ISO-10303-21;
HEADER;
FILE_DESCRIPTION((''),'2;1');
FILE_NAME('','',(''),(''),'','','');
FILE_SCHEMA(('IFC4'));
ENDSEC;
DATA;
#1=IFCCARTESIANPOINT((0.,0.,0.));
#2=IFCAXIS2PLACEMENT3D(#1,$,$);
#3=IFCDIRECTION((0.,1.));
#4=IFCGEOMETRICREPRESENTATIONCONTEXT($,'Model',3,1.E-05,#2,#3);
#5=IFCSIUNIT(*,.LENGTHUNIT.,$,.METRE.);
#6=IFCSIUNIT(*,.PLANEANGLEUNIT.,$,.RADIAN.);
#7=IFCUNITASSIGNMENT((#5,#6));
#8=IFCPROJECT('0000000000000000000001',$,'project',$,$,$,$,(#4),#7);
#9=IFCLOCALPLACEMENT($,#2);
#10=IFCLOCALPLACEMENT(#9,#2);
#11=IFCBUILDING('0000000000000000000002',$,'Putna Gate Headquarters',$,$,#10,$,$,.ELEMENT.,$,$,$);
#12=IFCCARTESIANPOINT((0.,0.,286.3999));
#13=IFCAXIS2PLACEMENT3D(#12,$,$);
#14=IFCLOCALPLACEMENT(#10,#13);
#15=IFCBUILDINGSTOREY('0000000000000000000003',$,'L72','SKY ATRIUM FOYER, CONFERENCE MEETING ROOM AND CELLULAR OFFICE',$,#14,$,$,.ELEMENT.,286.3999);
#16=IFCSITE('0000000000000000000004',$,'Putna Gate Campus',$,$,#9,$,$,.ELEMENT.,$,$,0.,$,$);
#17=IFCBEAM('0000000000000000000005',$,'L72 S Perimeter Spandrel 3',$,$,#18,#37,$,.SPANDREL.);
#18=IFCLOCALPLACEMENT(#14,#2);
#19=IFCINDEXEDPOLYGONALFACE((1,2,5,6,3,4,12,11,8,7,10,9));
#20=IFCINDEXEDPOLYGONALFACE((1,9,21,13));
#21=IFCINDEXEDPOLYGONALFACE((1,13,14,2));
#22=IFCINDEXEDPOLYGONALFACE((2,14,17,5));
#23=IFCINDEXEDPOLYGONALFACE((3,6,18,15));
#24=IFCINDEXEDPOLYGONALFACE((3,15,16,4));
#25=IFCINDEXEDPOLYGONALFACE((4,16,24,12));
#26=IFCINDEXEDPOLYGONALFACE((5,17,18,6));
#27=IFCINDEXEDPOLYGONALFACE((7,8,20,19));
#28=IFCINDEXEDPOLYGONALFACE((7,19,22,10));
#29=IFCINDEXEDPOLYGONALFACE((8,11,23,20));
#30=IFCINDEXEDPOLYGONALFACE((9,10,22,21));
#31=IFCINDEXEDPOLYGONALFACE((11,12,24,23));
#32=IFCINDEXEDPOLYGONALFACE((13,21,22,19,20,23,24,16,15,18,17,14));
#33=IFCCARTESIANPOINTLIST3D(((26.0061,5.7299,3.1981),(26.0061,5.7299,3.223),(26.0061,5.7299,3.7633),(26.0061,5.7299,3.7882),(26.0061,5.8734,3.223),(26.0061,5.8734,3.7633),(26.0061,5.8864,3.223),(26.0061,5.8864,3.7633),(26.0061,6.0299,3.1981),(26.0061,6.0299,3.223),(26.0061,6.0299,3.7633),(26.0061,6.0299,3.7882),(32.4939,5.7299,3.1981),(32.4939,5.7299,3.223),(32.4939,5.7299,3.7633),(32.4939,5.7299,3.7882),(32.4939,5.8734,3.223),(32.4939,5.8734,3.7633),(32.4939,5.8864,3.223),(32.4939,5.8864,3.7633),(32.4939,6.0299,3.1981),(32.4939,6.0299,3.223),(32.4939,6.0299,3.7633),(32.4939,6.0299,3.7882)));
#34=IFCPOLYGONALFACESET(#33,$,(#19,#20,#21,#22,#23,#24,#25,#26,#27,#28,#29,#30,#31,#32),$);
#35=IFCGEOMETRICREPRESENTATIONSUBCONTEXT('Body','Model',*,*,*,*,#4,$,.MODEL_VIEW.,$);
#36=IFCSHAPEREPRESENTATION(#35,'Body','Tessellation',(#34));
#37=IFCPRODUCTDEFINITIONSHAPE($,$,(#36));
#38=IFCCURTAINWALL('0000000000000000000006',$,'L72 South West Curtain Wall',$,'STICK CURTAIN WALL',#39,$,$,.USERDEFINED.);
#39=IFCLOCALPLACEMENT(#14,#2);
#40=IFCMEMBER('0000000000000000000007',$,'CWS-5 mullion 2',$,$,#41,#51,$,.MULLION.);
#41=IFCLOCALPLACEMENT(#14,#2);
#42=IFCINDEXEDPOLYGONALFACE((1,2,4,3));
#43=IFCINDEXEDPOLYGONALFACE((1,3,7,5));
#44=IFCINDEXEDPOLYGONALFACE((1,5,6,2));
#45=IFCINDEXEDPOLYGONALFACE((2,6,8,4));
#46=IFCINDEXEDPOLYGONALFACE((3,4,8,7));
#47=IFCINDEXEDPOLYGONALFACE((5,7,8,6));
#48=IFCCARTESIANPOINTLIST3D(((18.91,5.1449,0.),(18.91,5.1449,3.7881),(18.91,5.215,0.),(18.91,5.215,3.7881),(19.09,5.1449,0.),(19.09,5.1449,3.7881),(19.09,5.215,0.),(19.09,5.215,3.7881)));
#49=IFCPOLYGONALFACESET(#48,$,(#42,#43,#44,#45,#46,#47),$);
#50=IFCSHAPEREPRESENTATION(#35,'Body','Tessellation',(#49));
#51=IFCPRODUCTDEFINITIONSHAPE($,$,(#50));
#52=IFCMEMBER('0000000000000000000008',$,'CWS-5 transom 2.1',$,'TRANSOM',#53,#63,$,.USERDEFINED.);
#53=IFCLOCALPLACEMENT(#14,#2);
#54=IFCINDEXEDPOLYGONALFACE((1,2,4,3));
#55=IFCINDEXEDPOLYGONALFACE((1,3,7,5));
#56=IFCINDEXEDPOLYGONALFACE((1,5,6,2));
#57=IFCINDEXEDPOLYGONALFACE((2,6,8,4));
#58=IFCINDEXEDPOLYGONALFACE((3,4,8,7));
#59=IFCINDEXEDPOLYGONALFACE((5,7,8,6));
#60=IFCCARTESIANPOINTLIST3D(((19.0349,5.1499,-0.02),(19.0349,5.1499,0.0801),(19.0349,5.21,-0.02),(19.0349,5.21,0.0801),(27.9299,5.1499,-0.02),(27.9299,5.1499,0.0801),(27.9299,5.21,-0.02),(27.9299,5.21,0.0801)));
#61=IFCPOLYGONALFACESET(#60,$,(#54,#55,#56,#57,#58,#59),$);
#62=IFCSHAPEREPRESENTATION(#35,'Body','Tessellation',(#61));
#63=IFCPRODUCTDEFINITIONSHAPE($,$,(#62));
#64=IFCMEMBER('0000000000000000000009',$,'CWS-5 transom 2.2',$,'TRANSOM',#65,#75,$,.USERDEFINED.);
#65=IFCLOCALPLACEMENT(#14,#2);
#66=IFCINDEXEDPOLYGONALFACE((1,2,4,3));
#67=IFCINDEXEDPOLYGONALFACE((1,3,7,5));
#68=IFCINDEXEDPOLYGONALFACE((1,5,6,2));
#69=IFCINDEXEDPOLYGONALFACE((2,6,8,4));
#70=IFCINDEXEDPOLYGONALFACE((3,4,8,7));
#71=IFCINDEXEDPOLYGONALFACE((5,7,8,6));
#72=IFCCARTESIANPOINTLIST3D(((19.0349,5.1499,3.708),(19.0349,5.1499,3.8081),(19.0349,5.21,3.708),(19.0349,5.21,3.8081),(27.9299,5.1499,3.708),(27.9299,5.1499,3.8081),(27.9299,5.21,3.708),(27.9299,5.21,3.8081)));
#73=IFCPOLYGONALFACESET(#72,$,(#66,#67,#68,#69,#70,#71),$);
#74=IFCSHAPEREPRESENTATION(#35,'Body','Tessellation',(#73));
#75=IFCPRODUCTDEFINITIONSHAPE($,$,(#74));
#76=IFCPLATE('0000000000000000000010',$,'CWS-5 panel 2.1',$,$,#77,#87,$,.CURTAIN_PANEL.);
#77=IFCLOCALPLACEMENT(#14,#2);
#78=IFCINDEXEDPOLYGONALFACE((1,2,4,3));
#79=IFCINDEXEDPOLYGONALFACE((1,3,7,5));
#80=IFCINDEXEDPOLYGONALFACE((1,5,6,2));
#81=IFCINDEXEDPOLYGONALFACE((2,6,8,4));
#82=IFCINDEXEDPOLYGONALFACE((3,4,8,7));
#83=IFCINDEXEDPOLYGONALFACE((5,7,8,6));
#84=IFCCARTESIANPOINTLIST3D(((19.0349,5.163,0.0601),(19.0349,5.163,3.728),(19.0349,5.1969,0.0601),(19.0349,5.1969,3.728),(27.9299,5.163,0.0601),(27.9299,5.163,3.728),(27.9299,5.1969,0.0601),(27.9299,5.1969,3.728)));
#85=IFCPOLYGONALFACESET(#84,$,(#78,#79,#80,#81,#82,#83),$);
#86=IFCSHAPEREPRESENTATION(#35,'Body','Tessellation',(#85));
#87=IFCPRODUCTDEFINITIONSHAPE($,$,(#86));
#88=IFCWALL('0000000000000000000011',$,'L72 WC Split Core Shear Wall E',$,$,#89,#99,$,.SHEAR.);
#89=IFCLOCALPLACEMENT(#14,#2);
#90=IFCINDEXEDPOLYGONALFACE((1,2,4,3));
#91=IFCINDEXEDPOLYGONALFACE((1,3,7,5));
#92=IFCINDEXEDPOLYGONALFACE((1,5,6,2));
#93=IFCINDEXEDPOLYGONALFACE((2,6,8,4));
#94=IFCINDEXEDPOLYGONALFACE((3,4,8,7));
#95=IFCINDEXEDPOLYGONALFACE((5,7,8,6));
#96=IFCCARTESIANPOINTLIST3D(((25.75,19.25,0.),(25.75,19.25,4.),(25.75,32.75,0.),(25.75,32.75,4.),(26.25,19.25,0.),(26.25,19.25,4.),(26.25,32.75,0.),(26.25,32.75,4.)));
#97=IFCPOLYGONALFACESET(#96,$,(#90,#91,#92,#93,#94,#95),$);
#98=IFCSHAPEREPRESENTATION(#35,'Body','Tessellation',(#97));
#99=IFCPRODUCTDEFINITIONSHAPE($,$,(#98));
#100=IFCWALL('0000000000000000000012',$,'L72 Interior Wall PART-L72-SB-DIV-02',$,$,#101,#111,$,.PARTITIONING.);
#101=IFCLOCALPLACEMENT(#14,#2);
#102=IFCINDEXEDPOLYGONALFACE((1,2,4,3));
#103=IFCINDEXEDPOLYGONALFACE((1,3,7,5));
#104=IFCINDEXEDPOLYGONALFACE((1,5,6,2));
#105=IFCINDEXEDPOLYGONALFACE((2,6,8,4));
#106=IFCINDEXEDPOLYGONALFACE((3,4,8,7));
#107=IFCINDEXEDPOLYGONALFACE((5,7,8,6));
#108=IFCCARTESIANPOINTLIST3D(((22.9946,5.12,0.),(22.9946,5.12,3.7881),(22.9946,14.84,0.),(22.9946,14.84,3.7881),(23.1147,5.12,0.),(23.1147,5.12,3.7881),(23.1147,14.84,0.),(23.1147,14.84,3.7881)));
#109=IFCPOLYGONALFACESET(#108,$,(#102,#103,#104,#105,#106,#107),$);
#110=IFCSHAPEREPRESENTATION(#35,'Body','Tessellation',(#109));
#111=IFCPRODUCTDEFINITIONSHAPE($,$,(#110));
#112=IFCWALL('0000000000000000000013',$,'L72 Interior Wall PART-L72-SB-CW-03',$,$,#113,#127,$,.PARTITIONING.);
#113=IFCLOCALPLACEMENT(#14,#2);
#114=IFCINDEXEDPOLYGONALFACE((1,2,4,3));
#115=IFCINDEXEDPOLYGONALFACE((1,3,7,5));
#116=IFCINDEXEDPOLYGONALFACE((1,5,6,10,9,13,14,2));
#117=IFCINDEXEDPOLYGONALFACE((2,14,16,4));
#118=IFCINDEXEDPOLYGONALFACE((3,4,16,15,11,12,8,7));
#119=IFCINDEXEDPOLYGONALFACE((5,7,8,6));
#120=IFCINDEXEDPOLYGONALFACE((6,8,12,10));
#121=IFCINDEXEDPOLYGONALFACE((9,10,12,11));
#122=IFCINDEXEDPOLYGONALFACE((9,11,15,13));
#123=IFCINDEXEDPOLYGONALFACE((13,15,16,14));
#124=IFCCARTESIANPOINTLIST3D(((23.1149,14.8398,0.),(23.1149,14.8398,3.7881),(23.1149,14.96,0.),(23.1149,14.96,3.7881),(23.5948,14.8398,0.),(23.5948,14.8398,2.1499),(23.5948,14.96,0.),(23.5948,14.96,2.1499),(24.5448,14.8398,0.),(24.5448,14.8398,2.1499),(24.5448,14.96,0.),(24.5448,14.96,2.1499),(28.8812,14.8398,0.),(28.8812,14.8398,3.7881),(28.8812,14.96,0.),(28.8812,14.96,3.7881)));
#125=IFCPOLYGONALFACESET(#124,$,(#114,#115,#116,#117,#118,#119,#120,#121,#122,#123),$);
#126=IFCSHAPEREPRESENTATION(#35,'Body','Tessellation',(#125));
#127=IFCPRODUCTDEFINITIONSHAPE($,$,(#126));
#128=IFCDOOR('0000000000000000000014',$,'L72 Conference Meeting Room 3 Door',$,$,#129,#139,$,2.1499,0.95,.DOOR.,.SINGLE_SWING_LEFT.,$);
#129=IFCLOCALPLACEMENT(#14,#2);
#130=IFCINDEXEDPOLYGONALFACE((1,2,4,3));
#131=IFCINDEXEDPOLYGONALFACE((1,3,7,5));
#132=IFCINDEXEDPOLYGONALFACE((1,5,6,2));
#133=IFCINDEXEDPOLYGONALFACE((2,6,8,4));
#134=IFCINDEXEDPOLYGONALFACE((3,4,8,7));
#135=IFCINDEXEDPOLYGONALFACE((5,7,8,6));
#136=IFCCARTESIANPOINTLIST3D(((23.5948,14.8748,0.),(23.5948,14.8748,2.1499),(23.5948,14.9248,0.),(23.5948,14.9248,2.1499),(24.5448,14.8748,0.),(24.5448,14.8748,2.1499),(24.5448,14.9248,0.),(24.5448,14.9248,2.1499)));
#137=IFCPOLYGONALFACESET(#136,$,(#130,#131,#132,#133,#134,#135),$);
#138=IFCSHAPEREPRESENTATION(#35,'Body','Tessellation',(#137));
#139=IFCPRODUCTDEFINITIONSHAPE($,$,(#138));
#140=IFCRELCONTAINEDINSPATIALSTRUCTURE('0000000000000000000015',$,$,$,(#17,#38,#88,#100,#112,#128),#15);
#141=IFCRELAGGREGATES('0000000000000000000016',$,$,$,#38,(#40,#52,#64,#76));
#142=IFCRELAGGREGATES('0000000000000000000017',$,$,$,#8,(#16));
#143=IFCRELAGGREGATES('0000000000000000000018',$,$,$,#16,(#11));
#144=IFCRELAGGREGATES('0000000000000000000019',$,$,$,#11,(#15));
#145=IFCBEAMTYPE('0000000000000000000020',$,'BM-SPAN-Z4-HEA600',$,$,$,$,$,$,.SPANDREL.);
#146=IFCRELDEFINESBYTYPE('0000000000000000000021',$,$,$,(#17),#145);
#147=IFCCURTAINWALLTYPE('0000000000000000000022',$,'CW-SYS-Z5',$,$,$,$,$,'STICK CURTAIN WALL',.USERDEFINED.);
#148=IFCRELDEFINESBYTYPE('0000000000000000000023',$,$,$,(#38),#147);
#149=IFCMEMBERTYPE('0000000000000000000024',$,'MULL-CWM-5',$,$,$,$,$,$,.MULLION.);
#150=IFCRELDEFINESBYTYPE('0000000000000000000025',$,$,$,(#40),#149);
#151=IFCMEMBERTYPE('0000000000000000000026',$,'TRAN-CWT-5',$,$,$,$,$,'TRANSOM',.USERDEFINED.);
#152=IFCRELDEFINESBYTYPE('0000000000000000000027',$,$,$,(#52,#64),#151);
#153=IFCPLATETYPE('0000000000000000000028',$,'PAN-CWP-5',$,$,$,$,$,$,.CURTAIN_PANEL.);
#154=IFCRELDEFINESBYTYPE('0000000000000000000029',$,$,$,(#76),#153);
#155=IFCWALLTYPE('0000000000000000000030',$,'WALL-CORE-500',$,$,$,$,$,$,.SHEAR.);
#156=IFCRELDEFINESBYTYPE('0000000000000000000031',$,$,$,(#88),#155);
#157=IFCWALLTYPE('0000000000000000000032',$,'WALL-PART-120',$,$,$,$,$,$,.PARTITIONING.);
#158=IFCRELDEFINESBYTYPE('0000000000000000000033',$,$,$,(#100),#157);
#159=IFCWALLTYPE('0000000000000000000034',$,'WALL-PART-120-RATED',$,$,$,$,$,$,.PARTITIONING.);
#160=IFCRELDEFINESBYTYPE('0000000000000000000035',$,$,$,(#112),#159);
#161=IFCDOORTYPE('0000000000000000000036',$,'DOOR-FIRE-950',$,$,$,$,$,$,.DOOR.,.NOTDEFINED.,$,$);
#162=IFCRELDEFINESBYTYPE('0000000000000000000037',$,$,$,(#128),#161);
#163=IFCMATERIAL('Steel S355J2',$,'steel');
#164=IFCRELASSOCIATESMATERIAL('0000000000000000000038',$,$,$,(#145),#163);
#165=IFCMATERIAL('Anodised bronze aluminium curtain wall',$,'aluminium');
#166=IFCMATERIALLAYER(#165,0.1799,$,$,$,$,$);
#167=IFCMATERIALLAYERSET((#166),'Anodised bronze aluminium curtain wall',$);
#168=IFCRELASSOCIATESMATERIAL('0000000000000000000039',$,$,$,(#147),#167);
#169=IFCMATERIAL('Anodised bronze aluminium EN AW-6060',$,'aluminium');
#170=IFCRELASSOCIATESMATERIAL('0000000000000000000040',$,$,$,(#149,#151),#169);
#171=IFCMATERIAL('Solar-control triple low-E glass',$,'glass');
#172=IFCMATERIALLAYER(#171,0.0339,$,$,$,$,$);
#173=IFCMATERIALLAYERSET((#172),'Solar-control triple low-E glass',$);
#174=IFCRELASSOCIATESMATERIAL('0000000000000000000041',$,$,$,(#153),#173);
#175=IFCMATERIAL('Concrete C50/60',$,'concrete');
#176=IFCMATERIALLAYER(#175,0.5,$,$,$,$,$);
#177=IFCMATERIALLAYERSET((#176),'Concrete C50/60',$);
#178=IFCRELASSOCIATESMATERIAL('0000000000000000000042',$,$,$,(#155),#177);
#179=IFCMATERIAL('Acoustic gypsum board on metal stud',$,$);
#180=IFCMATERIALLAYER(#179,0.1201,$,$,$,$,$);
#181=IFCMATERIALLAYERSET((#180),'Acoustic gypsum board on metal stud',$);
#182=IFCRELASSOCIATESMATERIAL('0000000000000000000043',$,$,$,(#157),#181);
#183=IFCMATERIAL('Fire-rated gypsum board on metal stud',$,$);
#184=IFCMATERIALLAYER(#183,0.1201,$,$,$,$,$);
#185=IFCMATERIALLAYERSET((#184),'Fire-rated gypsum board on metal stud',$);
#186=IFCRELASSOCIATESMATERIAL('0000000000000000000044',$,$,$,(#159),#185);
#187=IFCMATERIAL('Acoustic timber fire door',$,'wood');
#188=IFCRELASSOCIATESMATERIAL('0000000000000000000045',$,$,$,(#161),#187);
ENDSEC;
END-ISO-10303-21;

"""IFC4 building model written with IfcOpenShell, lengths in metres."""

from ifc_helpers import new_model, si_unit, direction, frame, frame_2d, origin, origin_2d, place, context, subcontext, project, spatial, rectangle, i_section, extrude, material, layer, layer_set, material_profile, profile_set, type_object, element, fill, aggregate, save


model = new_model("IFC4")

# Units and contexts
model_context = context("Model", 3, precision=1e-05, world=origin(), true_north=direction((0.0, 1.0)))
body_context = subcontext(model_context, "Body", "Model", "MODEL_VIEW")
ifc_project = project(units=[si_unit("LENGTHUNIT", "METRE"), si_unit("PLANEANGLEUNIT", "RADIAN")], contexts=[model_context])

# Site, building, storey
site_placement = place(None, origin())
site = spatial("IfcSite", under=ifc_project, at=site_placement, Name="Putna Gate Campus", CompositionType="ELEMENT", RefElevation=0.0)
building_placement = place(site_placement, origin())
building = spatial("IfcBuilding", under=site, at=building_placement, Name="Putna Gate Headquarters", CompositionType="ELEMENT")
storey_placement = place(building_placement, frame((0.0, 0.0, 286.3999)))
storey = spatial("IfcBuildingStorey", under=building, at=storey_placement, Name="L72", Description="SKY ATRIUM FOYER, CONFERENCE MEETING ROOM AND CELLULAR OFFICE", CompositionType="ELEMENT", Elevation=286.3999)

# Beam
ifc_material_1 = material(Name="Steel S355J2", Category="steel")
ifc_material_profile_1 = material_profile(ifc_material_1, i_section(OverallWidth=0.3, OverallDepth=0.5901, WebThickness=0.0129, FlangeThickness=0.0249, at=origin_2d()), Name="Steel S355J2")
ifc_profile_set_1 = profile_set([ifc_material_profile_1], Name="Steel S355J2")
beam_type_1 = type_object("IfcBeamType", Name="BM-SPAN-Z4-HEA600", PredefinedType="SPANDREL", material=ifc_profile_set_1)
for number, where, z_axis, x_axis, name in (
    (1, (26.0061, 5.8799, 3.4932), (1.0, 0.0, 0.0), (0.0, 1.0, 0.0), "L72 S Perimeter Spandrel 3"),
):
    element("IfcBeam", number, at=place(storey_placement, frame(where, z_axis=z_axis, x_axis=x_axis)), inside=storey, type_object=beam_type_1, Name=name, PredefinedType="SPANDREL", context=body_context, shape_type="SweptSolid", body=[
        extrude(i_section(OverallWidth=0.3, OverallDepth=0.5901, WebThickness=0.0129, FlangeThickness=0.0249, at=origin_2d()), origin(), (0.0, 0.0, 1.0), 6.4878),
    ])

# Curtain wall, members, plate
ifc_material_2 = material(Name="Anodised bronze aluminium curtain wall", Category="aluminium")
ifc_layer_1 = layer(ifc_material_2, 0.1799)
ifc_layer_set_1 = layer_set([ifc_layer_1], Name="Anodised bronze aluminium curtain wall")
curtain_wall_type = type_object("IfcCurtainWallType", Name="CW-SYS-Z5", ElementType="STICK CURTAIN WALL", PredefinedType="USERDEFINED", material=ifc_layer_set_1)
curtain_wall_placement = place(storey_placement, origin())
curtain_wall = element("IfcCurtainWall", 2, at=curtain_wall_placement, inside=storey, type_object=curtain_wall_type, Name="L72 South West Curtain Wall", ObjectType="STICK CURTAIN WALL", PredefinedType="USERDEFINED")
ifc_material_3 = material(Name="Anodised bronze aluminium EN AW-6060", Category="aluminium")
ifc_material_profile_2 = material_profile(ifc_material_3, rectangle(XDim=0.0701, YDim=0.1799, at=origin_2d()), Name="Anodised bronze aluminium EN AW-6060")
ifc_profile_set_2 = profile_set([ifc_material_profile_2], Name="Anodised bronze aluminium EN AW-6060")
member_type_1 = type_object("IfcMemberType", Name="MULL-CWM-5", PredefinedType="MULLION", material=ifc_profile_set_2)
member_1_placement = place(storey_placement, frame((19.0, 5.1799, 0.0), z_axis=(0.0, 0.0, 1.0), x_axis=(0.0, 1.0, 0.0)))
member_1 = element("IfcMember", 3, at=member_1_placement, type_object=member_type_1, Name="CWS-5 mullion 2", PredefinedType="MULLION", context=body_context, shape_type="SweptSolid", body=[
    extrude(rectangle(XDim=0.0701, YDim=0.1799, at=origin_2d()), origin(), (0.0, 0.0, 1.0), 3.7881),
])
ifc_material_profile_3 = material_profile(ifc_material_3, rectangle(XDim=0.0601, YDim=0.1001, at=origin_2d()), Name="Anodised bronze aluminium EN AW-6060")
ifc_profile_set_3 = profile_set([ifc_material_profile_3], Name="Anodised bronze aluminium EN AW-6060")
member_type_2 = type_object("IfcMemberType", Name="TRAN-CWT-5", ElementType="TRANSOM", PredefinedType="USERDEFINED", material=ifc_profile_set_3)
member_2_placement = place(storey_placement, frame((19.0349, 5.1799, 0.03), z_axis=(1.0, 0.0, 0.0), x_axis=(0.0, 1.0, 0.0)))
member_2 = element("IfcMember", 4, at=member_2_placement, type_object=member_type_2, Name="CWS-5 transom 2.1", ObjectType="TRANSOM", PredefinedType="USERDEFINED", context=body_context, shape_type="SweptSolid", body=[
    extrude(rectangle(XDim=0.0601, YDim=0.1001, at=origin_2d()), origin(), (0.0, 0.0, 1.0), 8.895),
])
member_3_placement = place(storey_placement, frame((19.0349, 5.1799, 3.7581), z_axis=(1.0, 0.0, 0.0), x_axis=(0.0, 1.0, 0.0)))
member_3 = element("IfcMember", 5, at=member_3_placement, type_object=member_type_2, Name="CWS-5 transom 2.2", ObjectType="TRANSOM", PredefinedType="USERDEFINED", context=body_context, shape_type="SweptSolid", body=[
    extrude(rectangle(XDim=0.0601, YDim=0.1001, at=origin_2d()), origin(), (0.0, 0.0, 1.0), 8.895),
])
ifc_material_4 = material(Name="Solar-control triple low-E glass", Category="glass")
ifc_layer_2 = layer(ifc_material_4, 0.0339)
ifc_layer_set_2 = layer_set([ifc_layer_2], Name="Solar-control triple low-E glass")
plate_type = type_object("IfcPlateType", Name="PAN-CWP-5", PredefinedType="CURTAIN_PANEL", material=ifc_layer_set_2)
plate_placement = place(storey_placement, frame((23.4824, 5.1799, 0.0601), z_axis=(0.0, 0.0, 1.0), x_axis=(1.0, 0.0, 0.0)))
plate = element("IfcPlate", 6, at=plate_placement, type_object=plate_type, Name="CWS-5 panel 2.1", PredefinedType="CURTAIN_PANEL", context=body_context, shape_type="SweptSolid", body=[
    extrude(rectangle(XDim=8.895, YDim=0.0339, at=origin_2d()), origin(), (0.0, 0.0, 1.0), 3.668),
])
aggregate(curtain_wall, [member_1, member_2, member_3, plate])

# Walls
ifc_material_5 = material(Name="Concrete C50/60", Category="concrete")
ifc_layer_3 = layer(ifc_material_5, 0.5)
ifc_layer_set_3 = layer_set([ifc_layer_3], Name="Concrete C50/60")
wall_type_1 = type_object("IfcWallType", Name="WALL-CORE-500", PredefinedType="SHEAR", material=ifc_layer_set_3)
wall_1_placement = place(storey_placement, frame((26.0, 19.25, 0.0), z_axis=(0.0, 0.0, 1.0), x_axis=(0.0, 1.0, 0.0)))
element("IfcWall", 7, at=wall_1_placement, inside=storey, type_object=wall_type_1, Name="L72 WC Split Core Shear Wall E", PredefinedType="SHEAR", context=body_context, shape_type="SweptSolid", body=[
    extrude(rectangle(XDim=13.5, YDim=0.5, at=frame_2d((6.75, 0.0))), origin(), (0.0, 0.0, 1.0), 4.0),
])
ifc_material_6 = material(Name="Acoustic gypsum board on metal stud")
ifc_layer_4 = layer(ifc_material_6, 0.1201)
ifc_layer_set_4 = layer_set([ifc_layer_4], Name="Acoustic gypsum board on metal stud")
wall_type_2 = type_object("IfcWallType", Name="WALL-PART-120", PredefinedType="PARTITIONING", material=ifc_layer_set_4)
wall_2_placement = place(storey_placement, frame((23.0547, 5.1201, 0.0), z_axis=(0.0, 0.0, 1.0), x_axis=(0.0, 1.0, 0.0)))
element("IfcWall", 8, at=wall_2_placement, inside=storey, type_object=wall_type_2, Name="L72 Interior Wall PART-L72-SB-DIV-02", PredefinedType="PARTITIONING", context=body_context, shape_type="SweptSolid", body=[
    extrude(rectangle(XDim=9.72, YDim=0.1201, at=frame_2d((4.8599, 0.0))), origin(), (0.0, 0.0, 1.0), 3.7881),
])

# Wall, opening, door
ifc_material_7 = material(Name="Fire-rated gypsum board on metal stud")
ifc_layer_5 = layer(ifc_material_7, 0.1201)
ifc_layer_set_5 = layer_set([ifc_layer_5], Name="Fire-rated gypsum board on metal stud")
wall_type_3 = type_object("IfcWallType", Name="WALL-PART-120-RATED", PredefinedType="PARTITIONING", material=ifc_layer_set_5)
wall_3_placement = place(storey_placement, frame((23.1147, 14.8999, 0.0), z_axis=(0.0, 0.0, 1.0), x_axis=(1.0, 0.0, 0.0)))
wall_3 = element("IfcWall", 9, at=wall_3_placement, inside=storey, type_object=wall_type_3, Name="L72 Interior Wall PART-L72-SB-CW-03", PredefinedType="PARTITIONING", context=body_context, shape_type="SweptSolid", body=[
    extrude(rectangle(XDim=5.7664, YDim=0.1201, at=frame_2d((2.8833, 0.0))), origin(), (0.0, 0.0, 1.0), 3.7881),
])
opening_1_placement = place(wall_3_placement, frame((0.48, 0.0, 0.0)))
opening_1 = element("IfcOpeningElement", 10, at=opening_1_placement, cuts=wall_3, PredefinedType="OPENING", context=body_context, shape_type="SweptSolid", body=[
    extrude(rectangle(XDim=0.95, YDim=2.1499, at=frame_2d((0.4751, 1.075))), frame((0.0, 0.0701, 0.0), z_axis=(0.0, -1.0, 0.0), x_axis=(1.0, 0.0, 0.0)), (0.0, 0.0, 1.0), 0.1401),
])
ifc_material_8 = material(Name="Acoustic timber fire door", Category="wood")
door_type_1 = type_object("IfcDoorType", Name="DOOR-FIRE-950", OperationType="NOTDEFINED", PredefinedType="DOOR", material=ifc_material_8)
door_1_placement = place(opening_1_placement, origin())
door_1 = element("IfcDoor", 11, at=door_1_placement, inside=storey, type_object=door_type_1, Name="L72 Conference Meeting Room 3 Door", OperationType="SINGLE_SWING_LEFT", OverallHeight=2.1499, OverallWidth=0.95, PredefinedType="DOOR", context=body_context, shape_type="SweptSolid", body=[
    extrude(rectangle(XDim=0.95, YDim=2.1499, at=frame_2d((0.4751, 1.075))), frame((0.0, 0.0249, 0.0), z_axis=(0.0, -1.0, 0.0), x_axis=(1.0, 0.0, 0.0)), (0.0, 0.0, 1.0), 0.05),
])
fill(opening_1, door_1)

save(model, "model.ifc")
